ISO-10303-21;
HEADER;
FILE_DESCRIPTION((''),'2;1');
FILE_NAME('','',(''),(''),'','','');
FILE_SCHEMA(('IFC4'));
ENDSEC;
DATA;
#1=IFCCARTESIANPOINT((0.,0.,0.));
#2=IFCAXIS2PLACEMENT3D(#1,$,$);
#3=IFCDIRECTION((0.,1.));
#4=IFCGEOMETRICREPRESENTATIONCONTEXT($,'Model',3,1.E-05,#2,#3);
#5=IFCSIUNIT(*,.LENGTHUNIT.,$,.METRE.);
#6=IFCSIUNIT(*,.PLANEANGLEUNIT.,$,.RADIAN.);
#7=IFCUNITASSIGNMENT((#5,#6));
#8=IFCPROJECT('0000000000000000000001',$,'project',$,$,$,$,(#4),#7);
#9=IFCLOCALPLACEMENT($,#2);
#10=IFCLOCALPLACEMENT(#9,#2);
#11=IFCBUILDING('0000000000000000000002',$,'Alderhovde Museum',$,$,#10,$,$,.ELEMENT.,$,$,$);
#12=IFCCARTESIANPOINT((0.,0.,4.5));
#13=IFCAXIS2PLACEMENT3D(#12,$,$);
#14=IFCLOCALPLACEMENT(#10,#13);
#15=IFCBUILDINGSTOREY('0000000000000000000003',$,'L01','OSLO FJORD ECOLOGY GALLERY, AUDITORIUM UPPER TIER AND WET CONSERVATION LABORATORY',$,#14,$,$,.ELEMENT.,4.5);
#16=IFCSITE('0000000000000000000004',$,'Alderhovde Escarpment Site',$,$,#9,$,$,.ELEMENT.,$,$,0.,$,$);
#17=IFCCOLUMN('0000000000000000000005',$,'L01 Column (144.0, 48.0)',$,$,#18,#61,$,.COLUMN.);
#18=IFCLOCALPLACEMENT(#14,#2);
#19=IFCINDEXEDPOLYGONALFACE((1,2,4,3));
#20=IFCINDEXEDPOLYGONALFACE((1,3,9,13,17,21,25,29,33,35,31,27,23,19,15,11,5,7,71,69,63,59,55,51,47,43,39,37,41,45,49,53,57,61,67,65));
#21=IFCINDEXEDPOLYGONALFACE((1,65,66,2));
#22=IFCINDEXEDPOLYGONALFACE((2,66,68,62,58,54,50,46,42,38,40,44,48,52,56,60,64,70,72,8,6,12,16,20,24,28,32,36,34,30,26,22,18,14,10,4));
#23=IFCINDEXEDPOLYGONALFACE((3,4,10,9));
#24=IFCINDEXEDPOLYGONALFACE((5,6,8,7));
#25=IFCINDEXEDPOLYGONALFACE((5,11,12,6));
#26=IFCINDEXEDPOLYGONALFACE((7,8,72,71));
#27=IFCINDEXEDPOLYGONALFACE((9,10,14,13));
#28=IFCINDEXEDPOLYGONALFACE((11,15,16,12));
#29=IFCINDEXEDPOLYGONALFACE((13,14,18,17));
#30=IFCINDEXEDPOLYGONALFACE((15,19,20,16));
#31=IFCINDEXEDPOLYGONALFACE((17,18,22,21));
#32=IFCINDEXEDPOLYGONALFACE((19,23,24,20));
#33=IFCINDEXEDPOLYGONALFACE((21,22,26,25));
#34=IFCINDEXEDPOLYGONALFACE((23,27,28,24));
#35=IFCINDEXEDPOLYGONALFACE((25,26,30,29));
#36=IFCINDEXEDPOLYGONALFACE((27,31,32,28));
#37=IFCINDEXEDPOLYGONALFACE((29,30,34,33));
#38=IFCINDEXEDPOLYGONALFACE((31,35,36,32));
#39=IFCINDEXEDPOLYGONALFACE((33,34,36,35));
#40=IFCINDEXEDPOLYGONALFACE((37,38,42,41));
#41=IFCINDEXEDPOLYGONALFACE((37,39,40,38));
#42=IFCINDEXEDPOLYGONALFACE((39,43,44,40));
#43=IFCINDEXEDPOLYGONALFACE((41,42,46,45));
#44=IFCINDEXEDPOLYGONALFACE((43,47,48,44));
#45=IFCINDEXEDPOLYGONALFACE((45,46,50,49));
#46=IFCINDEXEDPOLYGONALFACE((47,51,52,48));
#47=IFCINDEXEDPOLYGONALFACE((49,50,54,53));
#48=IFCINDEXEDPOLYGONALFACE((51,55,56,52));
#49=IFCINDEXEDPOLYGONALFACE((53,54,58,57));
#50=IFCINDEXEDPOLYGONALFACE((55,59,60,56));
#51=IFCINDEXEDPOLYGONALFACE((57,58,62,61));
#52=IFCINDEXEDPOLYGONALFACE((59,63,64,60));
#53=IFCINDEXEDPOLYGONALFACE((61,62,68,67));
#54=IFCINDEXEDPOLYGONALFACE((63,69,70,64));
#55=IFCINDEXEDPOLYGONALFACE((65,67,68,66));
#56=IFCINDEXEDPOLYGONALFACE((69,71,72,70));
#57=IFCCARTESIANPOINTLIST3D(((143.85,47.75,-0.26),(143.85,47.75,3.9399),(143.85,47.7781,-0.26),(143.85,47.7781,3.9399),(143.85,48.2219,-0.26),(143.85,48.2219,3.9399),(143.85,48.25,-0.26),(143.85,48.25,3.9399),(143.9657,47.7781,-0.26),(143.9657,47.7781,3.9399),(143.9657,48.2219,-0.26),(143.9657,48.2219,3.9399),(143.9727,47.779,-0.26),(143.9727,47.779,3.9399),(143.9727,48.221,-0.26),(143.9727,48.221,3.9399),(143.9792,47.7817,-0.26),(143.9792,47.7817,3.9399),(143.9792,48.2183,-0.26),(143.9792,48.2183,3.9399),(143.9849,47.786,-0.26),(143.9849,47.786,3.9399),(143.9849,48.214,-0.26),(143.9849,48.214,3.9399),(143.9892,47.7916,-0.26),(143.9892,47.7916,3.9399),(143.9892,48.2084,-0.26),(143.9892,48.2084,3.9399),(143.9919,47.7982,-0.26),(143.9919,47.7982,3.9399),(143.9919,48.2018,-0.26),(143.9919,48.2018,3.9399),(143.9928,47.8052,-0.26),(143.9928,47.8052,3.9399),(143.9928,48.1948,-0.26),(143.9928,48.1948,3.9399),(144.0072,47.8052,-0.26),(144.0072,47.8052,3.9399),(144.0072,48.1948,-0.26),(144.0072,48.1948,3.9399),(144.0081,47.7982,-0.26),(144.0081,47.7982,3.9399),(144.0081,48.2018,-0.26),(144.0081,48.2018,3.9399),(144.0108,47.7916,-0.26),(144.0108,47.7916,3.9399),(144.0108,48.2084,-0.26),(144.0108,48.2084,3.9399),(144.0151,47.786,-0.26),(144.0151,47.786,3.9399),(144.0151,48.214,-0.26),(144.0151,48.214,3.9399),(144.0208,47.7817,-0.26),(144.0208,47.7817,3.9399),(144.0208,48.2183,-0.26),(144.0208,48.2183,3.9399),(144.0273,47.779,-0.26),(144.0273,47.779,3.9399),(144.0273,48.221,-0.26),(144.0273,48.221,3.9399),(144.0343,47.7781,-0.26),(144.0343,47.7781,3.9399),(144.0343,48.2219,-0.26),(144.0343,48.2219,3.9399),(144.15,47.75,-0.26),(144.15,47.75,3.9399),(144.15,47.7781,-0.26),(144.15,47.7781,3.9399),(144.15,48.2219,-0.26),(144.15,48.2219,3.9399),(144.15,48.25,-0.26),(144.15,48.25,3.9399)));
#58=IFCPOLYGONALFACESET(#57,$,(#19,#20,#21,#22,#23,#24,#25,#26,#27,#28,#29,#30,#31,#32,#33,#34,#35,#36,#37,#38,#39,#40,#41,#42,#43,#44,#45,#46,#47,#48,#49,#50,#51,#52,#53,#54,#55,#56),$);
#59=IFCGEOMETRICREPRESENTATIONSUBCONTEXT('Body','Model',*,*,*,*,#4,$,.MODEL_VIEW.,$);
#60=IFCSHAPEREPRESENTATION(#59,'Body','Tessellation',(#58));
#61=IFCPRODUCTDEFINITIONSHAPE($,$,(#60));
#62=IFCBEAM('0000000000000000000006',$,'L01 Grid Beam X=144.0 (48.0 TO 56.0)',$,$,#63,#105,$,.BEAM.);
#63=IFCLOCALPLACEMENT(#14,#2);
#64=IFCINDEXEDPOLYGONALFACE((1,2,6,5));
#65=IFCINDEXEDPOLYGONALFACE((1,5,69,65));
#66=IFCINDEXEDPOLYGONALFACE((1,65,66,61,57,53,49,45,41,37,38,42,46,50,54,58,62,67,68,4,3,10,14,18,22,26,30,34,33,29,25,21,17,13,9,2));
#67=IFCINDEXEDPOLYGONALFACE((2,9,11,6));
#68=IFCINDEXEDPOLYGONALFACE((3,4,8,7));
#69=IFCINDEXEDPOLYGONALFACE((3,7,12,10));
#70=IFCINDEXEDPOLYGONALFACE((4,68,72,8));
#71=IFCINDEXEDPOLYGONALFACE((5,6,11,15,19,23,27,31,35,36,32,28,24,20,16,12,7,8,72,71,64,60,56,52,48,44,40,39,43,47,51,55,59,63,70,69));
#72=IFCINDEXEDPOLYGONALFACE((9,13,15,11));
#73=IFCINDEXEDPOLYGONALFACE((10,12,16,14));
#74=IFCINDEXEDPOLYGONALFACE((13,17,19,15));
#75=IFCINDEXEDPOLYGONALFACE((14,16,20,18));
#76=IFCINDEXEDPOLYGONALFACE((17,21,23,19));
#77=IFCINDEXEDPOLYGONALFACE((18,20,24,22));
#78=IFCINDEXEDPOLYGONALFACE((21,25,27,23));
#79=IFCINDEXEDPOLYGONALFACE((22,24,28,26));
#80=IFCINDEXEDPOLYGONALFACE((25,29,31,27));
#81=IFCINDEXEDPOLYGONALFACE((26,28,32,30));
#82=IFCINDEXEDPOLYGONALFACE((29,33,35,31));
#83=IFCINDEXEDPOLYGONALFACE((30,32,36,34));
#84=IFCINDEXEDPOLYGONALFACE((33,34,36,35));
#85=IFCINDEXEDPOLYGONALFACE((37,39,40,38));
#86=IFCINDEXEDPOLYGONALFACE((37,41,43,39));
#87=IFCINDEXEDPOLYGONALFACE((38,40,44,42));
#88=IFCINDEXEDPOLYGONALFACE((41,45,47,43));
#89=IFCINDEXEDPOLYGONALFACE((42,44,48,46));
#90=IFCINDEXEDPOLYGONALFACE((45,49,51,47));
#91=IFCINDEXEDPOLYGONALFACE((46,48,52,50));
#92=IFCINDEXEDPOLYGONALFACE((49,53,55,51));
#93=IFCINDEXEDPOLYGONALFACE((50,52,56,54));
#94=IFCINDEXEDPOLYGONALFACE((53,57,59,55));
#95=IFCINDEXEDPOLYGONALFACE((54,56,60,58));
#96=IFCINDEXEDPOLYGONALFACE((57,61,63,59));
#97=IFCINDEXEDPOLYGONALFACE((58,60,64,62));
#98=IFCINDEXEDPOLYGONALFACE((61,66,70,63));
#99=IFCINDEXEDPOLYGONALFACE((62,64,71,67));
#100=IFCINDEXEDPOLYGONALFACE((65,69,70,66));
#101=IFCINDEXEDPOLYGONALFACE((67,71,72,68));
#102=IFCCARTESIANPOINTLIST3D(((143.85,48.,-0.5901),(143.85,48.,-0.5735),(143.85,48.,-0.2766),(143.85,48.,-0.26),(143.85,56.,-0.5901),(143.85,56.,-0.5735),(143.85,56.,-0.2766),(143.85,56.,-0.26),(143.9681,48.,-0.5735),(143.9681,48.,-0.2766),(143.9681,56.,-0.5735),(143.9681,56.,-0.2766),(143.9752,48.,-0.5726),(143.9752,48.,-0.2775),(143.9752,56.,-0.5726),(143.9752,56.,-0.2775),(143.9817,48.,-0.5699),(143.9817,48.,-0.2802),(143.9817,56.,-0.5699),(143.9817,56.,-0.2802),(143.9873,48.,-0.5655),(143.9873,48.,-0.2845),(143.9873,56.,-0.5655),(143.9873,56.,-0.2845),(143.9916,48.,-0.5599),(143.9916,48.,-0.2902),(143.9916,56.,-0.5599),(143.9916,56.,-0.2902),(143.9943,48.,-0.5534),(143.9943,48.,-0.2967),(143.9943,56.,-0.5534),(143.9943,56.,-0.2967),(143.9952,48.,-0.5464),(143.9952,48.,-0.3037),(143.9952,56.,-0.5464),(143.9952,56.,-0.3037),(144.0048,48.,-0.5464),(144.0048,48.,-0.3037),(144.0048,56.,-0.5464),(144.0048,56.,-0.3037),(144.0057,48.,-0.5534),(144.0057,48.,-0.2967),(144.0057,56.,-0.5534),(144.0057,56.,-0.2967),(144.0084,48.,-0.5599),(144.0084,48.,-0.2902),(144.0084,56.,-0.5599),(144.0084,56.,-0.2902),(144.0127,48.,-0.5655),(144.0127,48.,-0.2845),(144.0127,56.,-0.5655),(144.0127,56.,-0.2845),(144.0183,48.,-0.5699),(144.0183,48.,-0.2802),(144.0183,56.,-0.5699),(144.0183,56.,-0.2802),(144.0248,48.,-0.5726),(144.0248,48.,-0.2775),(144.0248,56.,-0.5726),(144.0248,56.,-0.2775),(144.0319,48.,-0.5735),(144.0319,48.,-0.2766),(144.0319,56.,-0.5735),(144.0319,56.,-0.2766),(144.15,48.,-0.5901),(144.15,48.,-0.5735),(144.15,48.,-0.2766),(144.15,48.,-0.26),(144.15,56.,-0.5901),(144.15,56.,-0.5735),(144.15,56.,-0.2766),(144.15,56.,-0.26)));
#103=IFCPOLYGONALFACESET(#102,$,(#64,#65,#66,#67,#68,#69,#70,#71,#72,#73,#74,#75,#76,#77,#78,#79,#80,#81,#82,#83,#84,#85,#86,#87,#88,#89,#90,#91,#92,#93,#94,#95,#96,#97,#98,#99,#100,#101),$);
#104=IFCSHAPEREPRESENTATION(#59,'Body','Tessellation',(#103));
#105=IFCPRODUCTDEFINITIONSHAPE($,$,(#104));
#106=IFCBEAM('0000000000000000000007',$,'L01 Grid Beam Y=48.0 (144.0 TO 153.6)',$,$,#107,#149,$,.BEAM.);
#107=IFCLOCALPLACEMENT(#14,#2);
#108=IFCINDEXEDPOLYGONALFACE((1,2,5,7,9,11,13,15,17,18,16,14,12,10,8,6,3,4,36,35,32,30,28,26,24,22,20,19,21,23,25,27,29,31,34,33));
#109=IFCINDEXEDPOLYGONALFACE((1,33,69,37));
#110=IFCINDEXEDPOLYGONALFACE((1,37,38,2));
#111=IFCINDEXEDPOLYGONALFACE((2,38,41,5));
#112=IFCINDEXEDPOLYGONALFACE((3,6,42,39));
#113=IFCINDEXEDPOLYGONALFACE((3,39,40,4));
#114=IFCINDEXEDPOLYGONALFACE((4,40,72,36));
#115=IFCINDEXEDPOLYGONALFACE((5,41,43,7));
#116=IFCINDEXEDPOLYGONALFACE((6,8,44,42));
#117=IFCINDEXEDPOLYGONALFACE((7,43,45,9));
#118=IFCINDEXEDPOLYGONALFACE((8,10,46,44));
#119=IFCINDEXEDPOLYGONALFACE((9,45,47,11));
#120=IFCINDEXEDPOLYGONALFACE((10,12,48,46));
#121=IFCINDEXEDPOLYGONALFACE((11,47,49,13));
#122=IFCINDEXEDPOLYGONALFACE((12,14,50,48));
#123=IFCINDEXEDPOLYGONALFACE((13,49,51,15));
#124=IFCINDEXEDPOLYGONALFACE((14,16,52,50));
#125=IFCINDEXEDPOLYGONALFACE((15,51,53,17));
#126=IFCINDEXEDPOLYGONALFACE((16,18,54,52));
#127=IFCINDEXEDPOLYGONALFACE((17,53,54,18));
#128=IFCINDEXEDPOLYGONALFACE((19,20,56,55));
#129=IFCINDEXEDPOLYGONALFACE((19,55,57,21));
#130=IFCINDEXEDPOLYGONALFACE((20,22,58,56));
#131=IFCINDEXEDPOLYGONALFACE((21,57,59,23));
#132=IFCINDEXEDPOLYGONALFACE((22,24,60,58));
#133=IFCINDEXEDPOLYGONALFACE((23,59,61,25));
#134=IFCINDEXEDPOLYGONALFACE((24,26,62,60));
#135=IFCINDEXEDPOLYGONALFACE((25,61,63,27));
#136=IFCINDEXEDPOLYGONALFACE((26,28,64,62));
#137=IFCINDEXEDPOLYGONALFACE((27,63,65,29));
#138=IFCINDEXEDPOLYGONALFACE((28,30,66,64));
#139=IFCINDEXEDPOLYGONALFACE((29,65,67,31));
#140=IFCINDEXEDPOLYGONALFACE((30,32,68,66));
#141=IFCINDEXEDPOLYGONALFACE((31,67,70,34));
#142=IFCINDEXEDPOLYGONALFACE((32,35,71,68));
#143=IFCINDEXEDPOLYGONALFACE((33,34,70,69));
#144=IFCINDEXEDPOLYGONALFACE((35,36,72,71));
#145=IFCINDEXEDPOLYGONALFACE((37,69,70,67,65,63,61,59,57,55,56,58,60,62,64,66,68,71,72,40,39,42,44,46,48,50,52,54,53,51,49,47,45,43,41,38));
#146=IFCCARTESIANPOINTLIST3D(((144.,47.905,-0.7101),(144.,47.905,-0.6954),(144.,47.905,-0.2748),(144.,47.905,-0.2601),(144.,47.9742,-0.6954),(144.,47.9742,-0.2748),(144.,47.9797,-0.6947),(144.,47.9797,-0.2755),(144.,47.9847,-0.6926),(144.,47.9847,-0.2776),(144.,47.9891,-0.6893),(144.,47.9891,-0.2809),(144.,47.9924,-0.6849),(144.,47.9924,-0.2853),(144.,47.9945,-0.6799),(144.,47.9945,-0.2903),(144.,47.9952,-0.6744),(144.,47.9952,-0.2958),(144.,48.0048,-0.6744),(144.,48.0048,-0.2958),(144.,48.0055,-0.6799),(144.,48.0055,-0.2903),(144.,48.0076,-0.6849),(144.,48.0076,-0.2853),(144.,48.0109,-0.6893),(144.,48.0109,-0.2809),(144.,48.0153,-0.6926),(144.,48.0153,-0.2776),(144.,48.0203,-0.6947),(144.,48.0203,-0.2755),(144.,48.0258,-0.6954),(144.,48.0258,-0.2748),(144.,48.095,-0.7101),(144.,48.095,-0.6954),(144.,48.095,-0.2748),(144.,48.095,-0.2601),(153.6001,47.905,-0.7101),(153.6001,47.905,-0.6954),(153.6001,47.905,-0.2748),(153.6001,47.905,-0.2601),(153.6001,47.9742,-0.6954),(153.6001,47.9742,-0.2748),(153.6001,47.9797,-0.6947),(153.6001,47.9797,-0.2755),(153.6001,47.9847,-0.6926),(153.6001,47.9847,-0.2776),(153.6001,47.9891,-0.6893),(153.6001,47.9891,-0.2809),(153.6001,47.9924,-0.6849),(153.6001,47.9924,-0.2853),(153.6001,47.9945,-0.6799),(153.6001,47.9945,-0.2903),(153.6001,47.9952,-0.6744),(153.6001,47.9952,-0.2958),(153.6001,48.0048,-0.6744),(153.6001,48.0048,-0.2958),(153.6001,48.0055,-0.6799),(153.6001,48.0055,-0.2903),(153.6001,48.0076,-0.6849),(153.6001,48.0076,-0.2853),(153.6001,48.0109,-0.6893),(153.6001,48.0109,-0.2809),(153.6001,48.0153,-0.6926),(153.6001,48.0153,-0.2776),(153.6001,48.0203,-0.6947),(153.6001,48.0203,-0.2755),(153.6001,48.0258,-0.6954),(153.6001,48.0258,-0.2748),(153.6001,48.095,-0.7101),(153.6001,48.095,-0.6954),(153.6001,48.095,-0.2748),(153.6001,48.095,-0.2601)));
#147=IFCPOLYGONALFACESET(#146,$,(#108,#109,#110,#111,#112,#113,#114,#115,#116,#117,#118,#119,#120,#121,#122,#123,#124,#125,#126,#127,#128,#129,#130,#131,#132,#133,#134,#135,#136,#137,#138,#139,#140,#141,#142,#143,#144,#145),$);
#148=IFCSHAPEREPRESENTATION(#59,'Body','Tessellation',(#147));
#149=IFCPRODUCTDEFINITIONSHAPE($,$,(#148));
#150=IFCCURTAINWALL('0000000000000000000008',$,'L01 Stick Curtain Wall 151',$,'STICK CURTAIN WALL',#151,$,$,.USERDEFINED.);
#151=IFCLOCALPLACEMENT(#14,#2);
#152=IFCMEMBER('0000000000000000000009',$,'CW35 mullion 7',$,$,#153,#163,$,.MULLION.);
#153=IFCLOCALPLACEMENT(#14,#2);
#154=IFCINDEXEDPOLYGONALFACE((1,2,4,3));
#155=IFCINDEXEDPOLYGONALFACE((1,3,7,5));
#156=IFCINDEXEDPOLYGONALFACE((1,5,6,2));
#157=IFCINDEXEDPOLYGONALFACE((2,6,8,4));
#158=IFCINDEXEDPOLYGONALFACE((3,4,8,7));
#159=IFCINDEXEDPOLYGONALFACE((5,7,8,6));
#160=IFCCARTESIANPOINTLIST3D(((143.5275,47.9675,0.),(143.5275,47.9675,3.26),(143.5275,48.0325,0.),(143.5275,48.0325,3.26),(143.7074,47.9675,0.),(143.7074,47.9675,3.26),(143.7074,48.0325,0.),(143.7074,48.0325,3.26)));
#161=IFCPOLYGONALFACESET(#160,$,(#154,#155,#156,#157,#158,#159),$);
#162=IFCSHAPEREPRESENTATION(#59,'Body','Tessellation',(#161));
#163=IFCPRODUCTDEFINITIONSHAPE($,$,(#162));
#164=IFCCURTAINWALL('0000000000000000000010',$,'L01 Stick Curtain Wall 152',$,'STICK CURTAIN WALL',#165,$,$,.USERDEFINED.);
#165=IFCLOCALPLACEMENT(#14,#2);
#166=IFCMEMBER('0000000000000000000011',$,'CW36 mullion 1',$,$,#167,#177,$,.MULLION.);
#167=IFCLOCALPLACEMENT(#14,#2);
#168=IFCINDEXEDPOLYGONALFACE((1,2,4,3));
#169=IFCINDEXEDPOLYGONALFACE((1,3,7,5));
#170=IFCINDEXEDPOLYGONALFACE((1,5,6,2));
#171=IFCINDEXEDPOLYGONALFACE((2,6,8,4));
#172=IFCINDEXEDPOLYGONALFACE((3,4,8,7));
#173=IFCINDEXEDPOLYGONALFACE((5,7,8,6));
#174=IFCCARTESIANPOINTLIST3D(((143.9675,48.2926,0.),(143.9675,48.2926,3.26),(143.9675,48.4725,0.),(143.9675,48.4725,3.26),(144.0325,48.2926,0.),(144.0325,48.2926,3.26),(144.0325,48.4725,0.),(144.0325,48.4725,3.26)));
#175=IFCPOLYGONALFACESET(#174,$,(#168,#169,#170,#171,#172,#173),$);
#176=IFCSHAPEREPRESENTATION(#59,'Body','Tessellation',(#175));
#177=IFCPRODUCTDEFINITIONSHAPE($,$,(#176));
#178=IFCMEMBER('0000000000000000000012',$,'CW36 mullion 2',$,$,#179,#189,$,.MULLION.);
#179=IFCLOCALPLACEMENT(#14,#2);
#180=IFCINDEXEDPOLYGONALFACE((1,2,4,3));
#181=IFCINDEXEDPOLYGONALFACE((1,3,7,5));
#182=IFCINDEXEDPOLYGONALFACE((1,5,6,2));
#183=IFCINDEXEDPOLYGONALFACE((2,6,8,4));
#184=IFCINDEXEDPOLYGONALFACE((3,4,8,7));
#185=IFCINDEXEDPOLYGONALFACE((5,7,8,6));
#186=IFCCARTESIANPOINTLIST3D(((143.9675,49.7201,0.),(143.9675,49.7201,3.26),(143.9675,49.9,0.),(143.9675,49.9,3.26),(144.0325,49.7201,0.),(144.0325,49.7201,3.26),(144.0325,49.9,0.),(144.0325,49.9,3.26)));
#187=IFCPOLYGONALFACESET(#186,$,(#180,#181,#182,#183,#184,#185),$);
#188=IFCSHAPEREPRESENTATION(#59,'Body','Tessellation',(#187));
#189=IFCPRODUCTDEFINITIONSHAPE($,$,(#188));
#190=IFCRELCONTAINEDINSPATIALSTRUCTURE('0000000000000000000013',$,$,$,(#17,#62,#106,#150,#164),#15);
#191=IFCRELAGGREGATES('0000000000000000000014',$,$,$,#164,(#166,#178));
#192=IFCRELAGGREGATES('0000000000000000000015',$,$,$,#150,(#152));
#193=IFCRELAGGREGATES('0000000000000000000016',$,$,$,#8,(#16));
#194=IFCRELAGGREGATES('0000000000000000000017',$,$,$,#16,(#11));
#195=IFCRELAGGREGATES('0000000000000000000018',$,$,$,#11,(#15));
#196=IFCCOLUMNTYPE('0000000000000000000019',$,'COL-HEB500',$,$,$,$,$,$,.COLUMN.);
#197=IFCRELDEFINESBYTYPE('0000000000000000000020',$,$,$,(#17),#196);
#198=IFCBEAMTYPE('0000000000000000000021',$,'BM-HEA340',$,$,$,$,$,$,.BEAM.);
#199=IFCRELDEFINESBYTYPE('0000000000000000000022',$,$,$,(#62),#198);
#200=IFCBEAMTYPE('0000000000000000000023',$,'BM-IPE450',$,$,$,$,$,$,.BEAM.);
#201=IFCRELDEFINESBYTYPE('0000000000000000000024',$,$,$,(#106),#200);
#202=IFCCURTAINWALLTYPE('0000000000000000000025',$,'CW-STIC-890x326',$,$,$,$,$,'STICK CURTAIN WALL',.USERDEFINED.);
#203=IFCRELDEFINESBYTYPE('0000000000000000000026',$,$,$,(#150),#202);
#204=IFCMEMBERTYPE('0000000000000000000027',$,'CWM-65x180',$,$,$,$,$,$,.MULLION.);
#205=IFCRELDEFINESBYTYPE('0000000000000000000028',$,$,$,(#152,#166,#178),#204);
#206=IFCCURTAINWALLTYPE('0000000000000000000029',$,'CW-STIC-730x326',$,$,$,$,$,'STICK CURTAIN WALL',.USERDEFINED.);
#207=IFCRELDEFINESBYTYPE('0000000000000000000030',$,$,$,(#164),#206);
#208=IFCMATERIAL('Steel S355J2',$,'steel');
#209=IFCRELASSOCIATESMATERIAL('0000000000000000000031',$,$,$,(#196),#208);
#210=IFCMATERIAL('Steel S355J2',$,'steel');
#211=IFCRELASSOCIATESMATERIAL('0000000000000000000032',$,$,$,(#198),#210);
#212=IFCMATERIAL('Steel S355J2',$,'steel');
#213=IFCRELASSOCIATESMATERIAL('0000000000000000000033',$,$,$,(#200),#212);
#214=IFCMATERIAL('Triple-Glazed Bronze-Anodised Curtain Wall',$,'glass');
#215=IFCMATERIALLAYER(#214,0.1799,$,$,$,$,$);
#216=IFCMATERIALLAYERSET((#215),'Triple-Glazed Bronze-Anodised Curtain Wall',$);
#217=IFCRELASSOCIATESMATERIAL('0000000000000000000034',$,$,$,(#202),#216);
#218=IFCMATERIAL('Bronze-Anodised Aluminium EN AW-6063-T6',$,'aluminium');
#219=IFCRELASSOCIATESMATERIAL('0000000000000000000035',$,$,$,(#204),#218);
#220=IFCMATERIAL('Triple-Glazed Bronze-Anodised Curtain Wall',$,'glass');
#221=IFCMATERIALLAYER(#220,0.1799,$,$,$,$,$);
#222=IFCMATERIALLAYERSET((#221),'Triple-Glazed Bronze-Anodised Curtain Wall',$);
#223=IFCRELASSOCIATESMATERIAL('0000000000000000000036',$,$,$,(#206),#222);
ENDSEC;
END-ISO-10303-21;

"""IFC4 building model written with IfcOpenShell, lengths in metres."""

from ifc_helpers import new_model, si_unit, direction, frame, origin, origin_2d, place, context, subcontext, project, spatial, rectangle, i_section, extrude, material, layer, layer_set, material_profile, profile_set, type_object, element, aggregate, save


model = new_model("IFC4")

# Units and contexts
model_context = context("Model", 3, precision=1e-05, world=origin(), true_north=direction((0.0, 1.0)))
body_context = subcontext(model_context, "Body", "Model", "MODEL_VIEW")
ifc_project = project(units=[si_unit("LENGTHUNIT", "METRE"), si_unit("PLANEANGLEUNIT", "RADIAN")], contexts=[model_context])

# Site, building, storey
site_placement = place(None, origin())
site = spatial("IfcSite", under=ifc_project, at=site_placement, Name="Alderhovde Escarpment Site", CompositionType="ELEMENT", RefElevation=0.0)
building_placement = place(site_placement, origin())
building = spatial("IfcBuilding", under=site, at=building_placement, Name="Alderhovde Museum", CompositionType="ELEMENT")
storey_placement = place(building_placement, frame((0.0, 0.0, 4.5)))
storey = spatial("IfcBuildingStorey", under=building, at=storey_placement, Name="L01", Description="OSLO FJORD ECOLOGY GALLERY, AUDITORIUM UPPER TIER AND WET CONSERVATION LABORATORY", CompositionType="ELEMENT", Elevation=4.5)

# Column
ifc_material_1 = material(Name="Steel S355J2", Category="steel")
ifc_material_profile_1 = material_profile(ifc_material_1, i_section(OverallWidth=0.3, OverallDepth=0.5, WebThickness=0.0144, FlangeThickness=0.0281, FilletRadius=0.0271, at=origin_2d()), Name="HEB 500")
ifc_profile_set_1 = profile_set([ifc_material_profile_1], Name="Steel S355J2")
column_type = type_object("IfcColumnType", Name="COL-HEB500", PredefinedType="COLUMN", material=ifc_profile_set_1)
column_placement = place(storey_placement, frame((144.0, 48.0, -0.26), z_axis=(0.0, 0.0, 1.0), x_axis=(1.0, 0.0, 0.0)))
element("IfcColumn", 1, at=column_placement, inside=storey, type_object=column_type, Name="L01 Column (144.0, 48.0)", PredefinedType="COLUMN", context=body_context, shape_type="SweptSolid", body=[
    extrude(i_section(OverallWidth=0.3, OverallDepth=0.5, WebThickness=0.0144, FlangeThickness=0.0281, FilletRadius=0.0271, at=origin_2d()), origin(), (0.0, 0.0, 1.0), 4.2),
])

# Beams
ifc_material_2 = material(Name="Steel S355J2", Category="steel")
ifc_material_profile_2 = material_profile(ifc_material_2, i_section(OverallWidth=0.3, OverallDepth=0.3301, WebThickness=0.0095, FlangeThickness=0.0166, FilletRadius=0.0271, at=origin_2d()), Name="HEA 340")
ifc_profile_set_2 = profile_set([ifc_material_profile_2], Name="Steel S355J2")
beam_type_1 = type_object("IfcBeamType", Name="BM-HEA340", PredefinedType="BEAM", material=ifc_profile_set_2)
beam_1_placement = place(storey_placement, frame((144.0, 48.0, -0.425), z_axis=(0.0, 1.0, 0.0), x_axis=(-1.0, 0.0, 0.0)))
element("IfcBeam", 2, at=beam_1_placement, inside=storey, type_object=beam_type_1, Name="L01 Grid Beam X=144.0 (48.0 TO 56.0)", PredefinedType="BEAM", context=body_context, shape_type="SweptSolid", body=[
    extrude(i_section(OverallWidth=0.3, OverallDepth=0.3301, WebThickness=0.0095, FlangeThickness=0.0166, FilletRadius=0.0271, at=origin_2d()), origin(), (0.0, 0.0, 1.0), 8.0),
])
ifc_material_3 = material(Name="Steel S355J2", Category="steel")
ifc_material_profile_3 = material_profile(ifc_material_3, i_section(OverallWidth=0.1899, OverallDepth=0.45, WebThickness=0.0095, FlangeThickness=0.0146, FilletRadius=0.021, at=origin_2d()), Name="IPE 450")
ifc_profile_set_3 = profile_set([ifc_material_profile_3], Name="Steel S355J2")
beam_type_2 = type_object("IfcBeamType", Name="BM-IPE450", PredefinedType="BEAM", material=ifc_profile_set_3)
beam_2_placement = place(storey_placement, frame((144.0, 48.0, -0.4851), z_axis=(1.0, 0.0, 0.0), x_axis=(0.0, 1.0, 0.0)))
element("IfcBeam", 3, at=beam_2_placement, inside=storey, type_object=beam_type_2, Name="L01 Grid Beam Y=48.0 (144.0 TO 153.6)", PredefinedType="BEAM", context=body_context, shape_type="SweptSolid", body=[
    extrude(i_section(OverallWidth=0.1899, OverallDepth=0.45, WebThickness=0.0095, FlangeThickness=0.0146, FilletRadius=0.021, at=origin_2d()), origin(), (0.0, 0.0, 1.0), 9.6001),
])

# Curtain wall, member
ifc_material_4 = material(Name="Triple-Glazed Bronze-Anodised Curtain Wall", Category="glass")
ifc_layer_1 = layer(ifc_material_4, 0.1799)
ifc_layer_set_1 = layer_set([ifc_layer_1], Name="Triple-Glazed Bronze-Anodised Curtain Wall")
curtain_wall_type_1 = type_object("IfcCurtainWallType", Name="CW-STIC-890x326", ElementType="STICK CURTAIN WALL", PredefinedType="USERDEFINED", material=ifc_layer_set_1)
curtain_wall_1_placement = place(storey_placement, origin())
curtain_wall_1 = element("IfcCurtainWall", 4, at=curtain_wall_1_placement, inside=storey, type_object=curtain_wall_type_1, Name="L01 Stick Curtain Wall 151", ObjectType="STICK CURTAIN WALL", PredefinedType="USERDEFINED")
ifc_material_5 = material(Name="Bronze-Anodised Aluminium EN AW-6063-T6", Category="aluminium")
ifc_material_profile_4 = material_profile(ifc_material_5, rectangle(XDim=0.0649, YDim=0.1799, at=origin_2d()), Name="MULLION 65x180")
ifc_profile_set_4 = profile_set([ifc_material_profile_4], Name="Bronze-Anodised Aluminium EN AW-6063-T6")
member_type_1 = type_object("IfcMemberType", Name="CWM-65x180", PredefinedType="MULLION", material=ifc_profile_set_4)
member_1_placement = place(storey_placement, frame((143.6174, 48.0, 0.0), z_axis=(0.0, 0.0, 1.0), x_axis=(0.0, 1.0, 0.0)))
member_1 = element("IfcMember", 5, at=member_1_placement, type_object=member_type_1, Name="CW35 mullion 7", PredefinedType="MULLION", context=body_context, shape_type="SweptSolid", body=[
    extrude(rectangle(XDim=0.0649, YDim=0.1799, at=origin_2d()), origin(), (0.0, 0.0, 1.0), 3.26),
])

# Curtain wall, members
ifc_material_6 = material(Name="Triple-Glazed Bronze-Anodised Curtain Wall", Category="glass")
ifc_layer_2 = layer(ifc_material_6, 0.1799)
ifc_layer_set_2 = layer_set([ifc_layer_2], Name="Triple-Glazed Bronze-Anodised Curtain Wall")
curtain_wall_type_2 = type_object("IfcCurtainWallType", Name="CW-STIC-730x326", ElementType="STICK CURTAIN WALL", PredefinedType="USERDEFINED", material=ifc_layer_set_2)
curtain_wall_2_placement = place(storey_placement, origin())
curtain_wall_2 = element("IfcCurtainWall", 6, at=curtain_wall_2_placement, inside=storey, type_object=curtain_wall_type_2, Name="L01 Stick Curtain Wall 152", ObjectType="STICK CURTAIN WALL", PredefinedType="USERDEFINED")
member_2_placement = place(storey_placement, frame((144.0, 48.3826, 0.0), z_axis=(0.0, 0.0, 1.0), x_axis=(-1.0, 0.0, 0.0)))
member_2 = element("IfcMember", 7, at=member_2_placement, type_object=member_type_1, Name="CW36 mullion 1", PredefinedType="MULLION", context=body_context, shape_type="SweptSolid", body=[
    extrude(rectangle(XDim=0.0649, YDim=0.1799, at=origin_2d()), origin(), (0.0, 0.0, 1.0), 3.26),
])
member_3_placement = place(storey_placement, frame((144.0, 49.8101, 0.0), z_axis=(0.0, 0.0, 1.0), x_axis=(-1.0, 0.0, 0.0)))
member_3 = element("IfcMember", 8, at=member_3_placement, type_object=member_type_1, Name="CW36 mullion 2", PredefinedType="MULLION", context=body_context, shape_type="SweptSolid", body=[
    extrude(rectangle(XDim=0.0649, YDim=0.1799, at=origin_2d()), origin(), (0.0, 0.0, 1.0), 3.26),
])
aggregate(curtain_wall_2, [member_2, member_3])

aggregate(curtain_wall_1, [member_1])

save(model, "model.ifc")
